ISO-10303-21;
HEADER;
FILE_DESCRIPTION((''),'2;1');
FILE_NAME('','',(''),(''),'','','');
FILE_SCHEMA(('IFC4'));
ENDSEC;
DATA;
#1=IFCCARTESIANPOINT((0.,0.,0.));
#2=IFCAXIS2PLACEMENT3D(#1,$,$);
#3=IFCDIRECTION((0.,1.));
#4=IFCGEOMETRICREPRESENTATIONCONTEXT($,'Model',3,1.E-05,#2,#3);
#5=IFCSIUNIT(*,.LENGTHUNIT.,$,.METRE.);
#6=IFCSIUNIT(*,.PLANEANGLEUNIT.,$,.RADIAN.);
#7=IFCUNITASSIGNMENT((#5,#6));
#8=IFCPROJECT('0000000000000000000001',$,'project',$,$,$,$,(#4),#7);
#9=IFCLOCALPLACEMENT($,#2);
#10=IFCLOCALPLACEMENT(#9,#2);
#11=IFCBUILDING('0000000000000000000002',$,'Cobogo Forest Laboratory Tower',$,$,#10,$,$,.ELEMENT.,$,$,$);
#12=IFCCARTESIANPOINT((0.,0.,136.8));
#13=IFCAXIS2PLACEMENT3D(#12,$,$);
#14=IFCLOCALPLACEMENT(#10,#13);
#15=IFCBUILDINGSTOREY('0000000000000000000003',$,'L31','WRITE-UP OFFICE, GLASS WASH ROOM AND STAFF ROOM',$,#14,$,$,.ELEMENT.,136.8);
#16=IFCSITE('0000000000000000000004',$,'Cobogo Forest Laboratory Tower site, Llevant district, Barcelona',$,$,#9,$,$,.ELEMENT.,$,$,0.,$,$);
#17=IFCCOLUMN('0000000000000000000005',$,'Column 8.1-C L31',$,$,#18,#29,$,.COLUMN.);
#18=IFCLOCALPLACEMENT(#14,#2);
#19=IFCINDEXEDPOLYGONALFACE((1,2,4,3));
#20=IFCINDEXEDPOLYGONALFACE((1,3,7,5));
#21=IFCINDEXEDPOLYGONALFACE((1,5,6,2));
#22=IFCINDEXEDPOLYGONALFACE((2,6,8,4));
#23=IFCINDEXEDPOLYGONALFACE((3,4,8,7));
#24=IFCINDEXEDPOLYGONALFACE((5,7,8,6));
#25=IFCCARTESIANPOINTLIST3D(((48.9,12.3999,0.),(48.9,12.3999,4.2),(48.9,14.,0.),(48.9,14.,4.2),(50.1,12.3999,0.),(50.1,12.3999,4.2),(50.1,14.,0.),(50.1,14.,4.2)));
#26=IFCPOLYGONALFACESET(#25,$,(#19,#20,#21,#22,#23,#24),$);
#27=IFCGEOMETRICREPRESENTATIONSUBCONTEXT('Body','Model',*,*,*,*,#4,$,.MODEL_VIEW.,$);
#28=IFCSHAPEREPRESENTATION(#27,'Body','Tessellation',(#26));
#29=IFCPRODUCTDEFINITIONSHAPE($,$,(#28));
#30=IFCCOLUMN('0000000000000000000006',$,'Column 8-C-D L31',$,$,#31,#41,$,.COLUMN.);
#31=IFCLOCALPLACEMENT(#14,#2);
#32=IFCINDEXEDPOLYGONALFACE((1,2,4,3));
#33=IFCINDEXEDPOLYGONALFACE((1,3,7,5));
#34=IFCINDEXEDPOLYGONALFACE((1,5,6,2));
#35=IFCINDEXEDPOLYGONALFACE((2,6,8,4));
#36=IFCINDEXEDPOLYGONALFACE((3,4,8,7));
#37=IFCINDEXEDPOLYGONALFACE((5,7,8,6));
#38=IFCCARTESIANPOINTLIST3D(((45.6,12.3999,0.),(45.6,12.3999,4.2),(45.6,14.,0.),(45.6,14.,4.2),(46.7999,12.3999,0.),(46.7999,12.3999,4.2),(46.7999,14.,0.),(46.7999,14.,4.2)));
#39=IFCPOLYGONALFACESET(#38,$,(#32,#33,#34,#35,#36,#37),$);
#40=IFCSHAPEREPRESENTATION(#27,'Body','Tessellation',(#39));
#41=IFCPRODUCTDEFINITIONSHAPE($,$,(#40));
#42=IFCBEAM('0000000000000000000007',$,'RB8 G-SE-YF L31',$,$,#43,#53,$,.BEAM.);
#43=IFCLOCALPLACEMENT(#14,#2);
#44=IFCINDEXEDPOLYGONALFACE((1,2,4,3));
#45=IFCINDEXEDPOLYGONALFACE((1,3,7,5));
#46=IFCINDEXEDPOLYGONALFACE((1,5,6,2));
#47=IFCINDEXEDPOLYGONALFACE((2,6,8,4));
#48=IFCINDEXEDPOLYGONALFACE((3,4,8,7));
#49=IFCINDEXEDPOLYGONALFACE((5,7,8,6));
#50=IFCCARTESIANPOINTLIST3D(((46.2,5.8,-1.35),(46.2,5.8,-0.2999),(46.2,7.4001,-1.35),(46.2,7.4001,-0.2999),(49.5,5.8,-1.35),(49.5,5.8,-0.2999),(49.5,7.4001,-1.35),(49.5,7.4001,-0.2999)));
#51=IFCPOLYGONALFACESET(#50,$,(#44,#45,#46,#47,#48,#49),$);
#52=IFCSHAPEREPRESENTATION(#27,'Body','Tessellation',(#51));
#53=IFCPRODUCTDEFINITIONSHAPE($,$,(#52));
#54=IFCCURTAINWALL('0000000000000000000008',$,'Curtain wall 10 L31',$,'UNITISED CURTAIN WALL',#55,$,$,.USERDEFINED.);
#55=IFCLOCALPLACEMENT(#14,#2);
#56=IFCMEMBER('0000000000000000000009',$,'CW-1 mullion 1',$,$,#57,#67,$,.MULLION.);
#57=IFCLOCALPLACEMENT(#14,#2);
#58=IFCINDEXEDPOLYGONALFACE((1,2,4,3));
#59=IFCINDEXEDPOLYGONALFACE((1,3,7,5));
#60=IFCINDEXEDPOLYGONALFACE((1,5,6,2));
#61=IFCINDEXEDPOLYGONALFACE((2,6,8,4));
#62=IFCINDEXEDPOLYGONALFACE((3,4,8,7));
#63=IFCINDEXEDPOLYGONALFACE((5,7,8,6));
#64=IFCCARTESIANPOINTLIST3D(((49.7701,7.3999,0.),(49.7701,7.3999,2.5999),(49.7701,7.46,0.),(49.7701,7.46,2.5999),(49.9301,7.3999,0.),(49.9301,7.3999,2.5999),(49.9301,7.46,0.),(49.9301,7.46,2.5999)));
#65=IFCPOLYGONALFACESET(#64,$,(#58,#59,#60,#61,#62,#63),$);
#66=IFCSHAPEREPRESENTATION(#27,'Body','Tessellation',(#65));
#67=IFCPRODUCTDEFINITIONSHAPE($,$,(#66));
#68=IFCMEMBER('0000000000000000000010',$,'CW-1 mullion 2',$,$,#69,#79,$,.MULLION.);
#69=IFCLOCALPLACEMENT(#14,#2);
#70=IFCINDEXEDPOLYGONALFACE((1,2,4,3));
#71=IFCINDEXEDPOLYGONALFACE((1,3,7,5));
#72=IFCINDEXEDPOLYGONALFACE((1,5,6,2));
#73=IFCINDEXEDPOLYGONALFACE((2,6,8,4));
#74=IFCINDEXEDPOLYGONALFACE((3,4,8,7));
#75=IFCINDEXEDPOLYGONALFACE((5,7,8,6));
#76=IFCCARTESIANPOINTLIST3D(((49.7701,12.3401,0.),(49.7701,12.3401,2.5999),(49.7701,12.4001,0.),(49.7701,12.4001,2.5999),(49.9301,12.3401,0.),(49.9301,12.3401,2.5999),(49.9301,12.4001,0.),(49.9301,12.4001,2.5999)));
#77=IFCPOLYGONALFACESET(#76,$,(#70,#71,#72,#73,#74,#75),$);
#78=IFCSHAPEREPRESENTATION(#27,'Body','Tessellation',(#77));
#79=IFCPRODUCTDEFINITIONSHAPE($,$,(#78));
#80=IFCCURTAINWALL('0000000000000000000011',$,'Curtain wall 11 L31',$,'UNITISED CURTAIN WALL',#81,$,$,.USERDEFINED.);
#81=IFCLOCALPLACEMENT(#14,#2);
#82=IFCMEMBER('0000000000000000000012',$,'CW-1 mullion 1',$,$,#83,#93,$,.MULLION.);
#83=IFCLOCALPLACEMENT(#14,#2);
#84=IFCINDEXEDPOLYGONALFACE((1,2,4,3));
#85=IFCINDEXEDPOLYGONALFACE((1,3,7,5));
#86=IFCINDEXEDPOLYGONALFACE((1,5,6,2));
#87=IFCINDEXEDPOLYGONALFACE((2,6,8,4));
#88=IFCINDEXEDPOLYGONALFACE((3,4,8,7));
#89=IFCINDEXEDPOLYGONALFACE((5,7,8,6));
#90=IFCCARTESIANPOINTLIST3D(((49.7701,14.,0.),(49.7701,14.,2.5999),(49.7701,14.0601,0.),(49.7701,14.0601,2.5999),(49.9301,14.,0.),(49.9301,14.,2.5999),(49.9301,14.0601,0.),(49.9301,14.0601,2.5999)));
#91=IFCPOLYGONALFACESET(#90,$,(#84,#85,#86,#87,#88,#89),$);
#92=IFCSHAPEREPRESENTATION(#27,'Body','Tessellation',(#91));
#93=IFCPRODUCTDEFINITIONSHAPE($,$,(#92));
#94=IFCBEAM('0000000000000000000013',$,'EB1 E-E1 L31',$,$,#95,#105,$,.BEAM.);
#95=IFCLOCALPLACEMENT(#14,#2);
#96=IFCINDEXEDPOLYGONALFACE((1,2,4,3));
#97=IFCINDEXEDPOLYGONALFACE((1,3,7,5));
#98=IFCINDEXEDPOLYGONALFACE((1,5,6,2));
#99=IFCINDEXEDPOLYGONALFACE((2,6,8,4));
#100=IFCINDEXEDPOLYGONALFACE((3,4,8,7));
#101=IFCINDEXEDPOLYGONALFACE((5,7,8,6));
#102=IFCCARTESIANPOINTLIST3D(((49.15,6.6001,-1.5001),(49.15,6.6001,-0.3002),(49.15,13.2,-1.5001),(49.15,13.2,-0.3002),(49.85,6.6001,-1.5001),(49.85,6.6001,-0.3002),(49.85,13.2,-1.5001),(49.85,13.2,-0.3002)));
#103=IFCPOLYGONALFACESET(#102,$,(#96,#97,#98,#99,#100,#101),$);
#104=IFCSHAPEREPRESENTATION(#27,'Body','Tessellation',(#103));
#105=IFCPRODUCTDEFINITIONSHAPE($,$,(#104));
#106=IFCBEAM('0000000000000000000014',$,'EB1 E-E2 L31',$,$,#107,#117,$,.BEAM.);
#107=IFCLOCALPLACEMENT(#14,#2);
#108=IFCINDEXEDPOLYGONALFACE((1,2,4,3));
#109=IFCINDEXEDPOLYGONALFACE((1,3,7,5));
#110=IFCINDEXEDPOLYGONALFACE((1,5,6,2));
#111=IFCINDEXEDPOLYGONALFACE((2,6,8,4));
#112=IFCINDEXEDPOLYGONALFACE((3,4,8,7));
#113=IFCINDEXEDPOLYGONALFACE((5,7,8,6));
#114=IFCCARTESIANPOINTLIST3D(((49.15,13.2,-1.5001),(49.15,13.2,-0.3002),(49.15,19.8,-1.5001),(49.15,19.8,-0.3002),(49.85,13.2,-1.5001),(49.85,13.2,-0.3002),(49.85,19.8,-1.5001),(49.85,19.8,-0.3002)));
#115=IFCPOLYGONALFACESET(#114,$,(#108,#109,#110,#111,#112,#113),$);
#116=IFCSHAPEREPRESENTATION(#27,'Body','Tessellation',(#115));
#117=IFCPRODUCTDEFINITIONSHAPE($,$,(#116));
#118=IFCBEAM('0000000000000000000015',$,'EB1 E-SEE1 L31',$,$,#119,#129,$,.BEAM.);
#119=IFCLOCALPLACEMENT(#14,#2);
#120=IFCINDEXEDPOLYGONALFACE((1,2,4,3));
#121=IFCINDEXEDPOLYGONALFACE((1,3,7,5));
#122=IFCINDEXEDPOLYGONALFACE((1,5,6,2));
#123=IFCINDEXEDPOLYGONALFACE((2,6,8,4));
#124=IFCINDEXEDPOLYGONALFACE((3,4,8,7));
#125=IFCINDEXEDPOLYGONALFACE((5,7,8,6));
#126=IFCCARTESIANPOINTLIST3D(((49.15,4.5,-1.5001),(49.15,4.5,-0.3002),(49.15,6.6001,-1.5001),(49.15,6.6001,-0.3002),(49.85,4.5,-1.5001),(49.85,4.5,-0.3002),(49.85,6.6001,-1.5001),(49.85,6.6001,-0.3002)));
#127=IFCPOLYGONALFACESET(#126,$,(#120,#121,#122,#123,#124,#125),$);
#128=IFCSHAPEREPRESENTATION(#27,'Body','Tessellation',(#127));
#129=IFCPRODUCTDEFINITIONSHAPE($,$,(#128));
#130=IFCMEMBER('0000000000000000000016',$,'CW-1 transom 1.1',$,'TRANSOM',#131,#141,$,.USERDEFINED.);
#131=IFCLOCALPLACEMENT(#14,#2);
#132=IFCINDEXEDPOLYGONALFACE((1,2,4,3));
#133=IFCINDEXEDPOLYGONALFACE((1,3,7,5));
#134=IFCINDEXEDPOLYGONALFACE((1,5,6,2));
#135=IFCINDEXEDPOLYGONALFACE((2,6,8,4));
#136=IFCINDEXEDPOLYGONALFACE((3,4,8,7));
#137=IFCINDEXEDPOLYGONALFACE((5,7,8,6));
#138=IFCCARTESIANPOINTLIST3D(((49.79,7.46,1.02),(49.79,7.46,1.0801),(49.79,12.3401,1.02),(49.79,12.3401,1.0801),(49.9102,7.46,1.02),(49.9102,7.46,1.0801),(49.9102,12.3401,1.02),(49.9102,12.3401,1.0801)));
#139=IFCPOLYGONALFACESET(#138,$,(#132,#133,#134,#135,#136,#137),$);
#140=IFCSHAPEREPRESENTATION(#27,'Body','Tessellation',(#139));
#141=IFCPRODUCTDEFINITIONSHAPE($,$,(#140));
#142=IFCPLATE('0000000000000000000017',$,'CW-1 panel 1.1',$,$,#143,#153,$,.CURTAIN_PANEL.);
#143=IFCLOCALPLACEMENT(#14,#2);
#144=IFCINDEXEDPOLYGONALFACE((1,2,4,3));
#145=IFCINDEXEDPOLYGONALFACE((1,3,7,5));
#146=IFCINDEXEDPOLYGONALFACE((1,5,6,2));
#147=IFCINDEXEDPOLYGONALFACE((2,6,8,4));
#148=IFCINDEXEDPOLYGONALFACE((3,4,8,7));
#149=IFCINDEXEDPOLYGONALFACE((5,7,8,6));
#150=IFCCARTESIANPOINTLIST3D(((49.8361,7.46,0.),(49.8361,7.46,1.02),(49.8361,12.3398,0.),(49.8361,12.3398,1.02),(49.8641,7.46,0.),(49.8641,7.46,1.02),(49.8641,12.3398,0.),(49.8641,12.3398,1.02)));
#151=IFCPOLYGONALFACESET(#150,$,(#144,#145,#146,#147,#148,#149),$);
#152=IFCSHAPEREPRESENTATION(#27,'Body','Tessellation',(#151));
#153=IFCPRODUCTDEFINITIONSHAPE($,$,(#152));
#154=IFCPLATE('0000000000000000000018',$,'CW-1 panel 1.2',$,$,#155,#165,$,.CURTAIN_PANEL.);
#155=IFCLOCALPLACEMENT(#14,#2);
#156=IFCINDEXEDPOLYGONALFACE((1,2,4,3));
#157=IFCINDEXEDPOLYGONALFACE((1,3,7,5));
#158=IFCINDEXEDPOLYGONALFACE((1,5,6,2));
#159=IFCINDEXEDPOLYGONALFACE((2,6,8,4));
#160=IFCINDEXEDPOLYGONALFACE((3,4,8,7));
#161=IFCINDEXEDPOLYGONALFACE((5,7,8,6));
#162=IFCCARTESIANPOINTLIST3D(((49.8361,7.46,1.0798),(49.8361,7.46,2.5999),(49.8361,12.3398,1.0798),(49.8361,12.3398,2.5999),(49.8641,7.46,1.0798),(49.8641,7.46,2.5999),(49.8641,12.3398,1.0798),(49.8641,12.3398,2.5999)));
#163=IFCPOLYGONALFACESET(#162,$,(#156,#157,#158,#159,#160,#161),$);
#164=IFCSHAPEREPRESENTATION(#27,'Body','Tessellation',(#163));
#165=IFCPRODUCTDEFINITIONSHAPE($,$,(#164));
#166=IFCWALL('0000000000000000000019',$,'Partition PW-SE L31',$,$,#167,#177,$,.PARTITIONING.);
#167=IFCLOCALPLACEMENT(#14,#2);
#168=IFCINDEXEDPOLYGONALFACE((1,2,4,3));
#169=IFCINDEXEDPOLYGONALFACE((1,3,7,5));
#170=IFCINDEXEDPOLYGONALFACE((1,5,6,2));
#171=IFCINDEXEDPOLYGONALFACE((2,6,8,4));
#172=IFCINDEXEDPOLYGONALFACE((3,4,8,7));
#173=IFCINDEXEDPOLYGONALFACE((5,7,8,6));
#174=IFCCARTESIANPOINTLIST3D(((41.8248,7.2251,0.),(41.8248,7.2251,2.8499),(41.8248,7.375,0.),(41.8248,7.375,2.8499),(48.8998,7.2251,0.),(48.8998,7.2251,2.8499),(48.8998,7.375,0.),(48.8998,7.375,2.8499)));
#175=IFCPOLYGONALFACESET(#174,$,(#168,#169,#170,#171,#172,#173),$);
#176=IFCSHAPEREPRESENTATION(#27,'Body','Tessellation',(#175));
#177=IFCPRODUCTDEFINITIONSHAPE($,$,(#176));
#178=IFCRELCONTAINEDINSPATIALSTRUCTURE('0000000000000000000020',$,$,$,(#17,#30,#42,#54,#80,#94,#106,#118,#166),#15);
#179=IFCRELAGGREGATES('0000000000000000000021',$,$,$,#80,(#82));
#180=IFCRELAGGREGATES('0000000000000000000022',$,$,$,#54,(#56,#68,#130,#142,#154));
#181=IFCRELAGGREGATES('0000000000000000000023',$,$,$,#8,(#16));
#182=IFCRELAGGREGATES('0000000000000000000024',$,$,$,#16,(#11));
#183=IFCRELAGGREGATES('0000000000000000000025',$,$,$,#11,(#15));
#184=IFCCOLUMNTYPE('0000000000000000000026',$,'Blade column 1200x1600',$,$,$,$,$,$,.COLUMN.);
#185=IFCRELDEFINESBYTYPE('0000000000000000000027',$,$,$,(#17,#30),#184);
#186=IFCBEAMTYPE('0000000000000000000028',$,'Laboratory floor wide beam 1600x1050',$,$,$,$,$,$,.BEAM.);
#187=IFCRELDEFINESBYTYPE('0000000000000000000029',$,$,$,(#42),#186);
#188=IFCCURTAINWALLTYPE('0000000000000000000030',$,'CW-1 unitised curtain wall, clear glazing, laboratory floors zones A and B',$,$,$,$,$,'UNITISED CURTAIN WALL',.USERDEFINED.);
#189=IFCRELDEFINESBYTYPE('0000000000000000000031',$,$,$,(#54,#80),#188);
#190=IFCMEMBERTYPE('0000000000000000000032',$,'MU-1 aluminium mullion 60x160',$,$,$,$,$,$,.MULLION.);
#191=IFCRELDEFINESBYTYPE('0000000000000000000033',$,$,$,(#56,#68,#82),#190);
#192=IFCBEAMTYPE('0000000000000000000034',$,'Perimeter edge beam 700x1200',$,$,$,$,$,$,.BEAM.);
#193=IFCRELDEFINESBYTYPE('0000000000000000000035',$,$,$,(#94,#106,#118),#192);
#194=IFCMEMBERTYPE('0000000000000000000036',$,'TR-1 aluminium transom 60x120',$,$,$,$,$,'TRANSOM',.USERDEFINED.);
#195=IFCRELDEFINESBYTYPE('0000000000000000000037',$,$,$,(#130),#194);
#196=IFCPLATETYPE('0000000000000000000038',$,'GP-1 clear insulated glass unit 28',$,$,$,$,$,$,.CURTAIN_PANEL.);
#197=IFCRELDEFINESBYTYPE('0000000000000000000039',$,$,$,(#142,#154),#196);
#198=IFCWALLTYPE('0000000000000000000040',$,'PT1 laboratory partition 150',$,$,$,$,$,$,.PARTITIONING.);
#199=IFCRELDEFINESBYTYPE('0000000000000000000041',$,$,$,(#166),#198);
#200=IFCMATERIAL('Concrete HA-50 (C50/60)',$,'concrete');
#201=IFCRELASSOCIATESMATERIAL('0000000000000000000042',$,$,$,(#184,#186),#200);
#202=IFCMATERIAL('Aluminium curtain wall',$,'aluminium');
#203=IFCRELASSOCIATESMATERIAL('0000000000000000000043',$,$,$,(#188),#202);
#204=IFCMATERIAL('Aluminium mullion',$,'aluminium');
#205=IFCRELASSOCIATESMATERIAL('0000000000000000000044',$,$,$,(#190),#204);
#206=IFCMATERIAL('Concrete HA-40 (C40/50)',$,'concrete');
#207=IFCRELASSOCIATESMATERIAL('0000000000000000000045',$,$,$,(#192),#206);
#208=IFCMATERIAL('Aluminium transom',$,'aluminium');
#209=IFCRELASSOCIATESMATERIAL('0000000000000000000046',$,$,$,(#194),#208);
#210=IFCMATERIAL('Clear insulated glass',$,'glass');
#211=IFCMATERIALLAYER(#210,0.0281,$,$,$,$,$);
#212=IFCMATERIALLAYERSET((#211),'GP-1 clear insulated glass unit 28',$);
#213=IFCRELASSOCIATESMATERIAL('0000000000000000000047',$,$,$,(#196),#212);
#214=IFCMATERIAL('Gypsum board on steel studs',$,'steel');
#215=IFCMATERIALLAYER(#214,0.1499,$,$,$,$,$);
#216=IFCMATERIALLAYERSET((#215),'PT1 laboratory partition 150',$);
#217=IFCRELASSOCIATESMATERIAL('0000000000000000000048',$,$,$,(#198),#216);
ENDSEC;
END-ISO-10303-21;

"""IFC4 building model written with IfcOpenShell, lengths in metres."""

from ifc_helpers import new_model, si_unit, direction, frame, frame_2d, origin, origin_2d, place, context, subcontext, project, spatial, rectangle, extrude, material, layer, layer_set, material_profile, profile_set, type_object, element, aggregate, save


model = new_model("IFC4")

# Units and contexts
model_context = context("Model", 3, precision=1e-05, world=origin(), true_north=direction((0.0, 1.0)))
body_context = subcontext(model_context, "Body", "Model", "MODEL_VIEW")
ifc_project = project(units=[si_unit("LENGTHUNIT", "METRE"), si_unit("PLANEANGLEUNIT", "RADIAN")], contexts=[model_context])

# Site, building, storey
site_placement = place(None, origin())
site = spatial("IfcSite", under=ifc_project, at=site_placement, Name="Cobogo Forest Laboratory Tower site, Llevant district, Barcelona", CompositionType="ELEMENT", RefElevation=0.0)
building_placement = place(site_placement, origin())
building = spatial("IfcBuilding", under=site, at=building_placement, Name="Cobogo Forest Laboratory Tower", CompositionType="ELEMENT")
storey_placement = place(building_placement, frame((0.0, 0.0, 136.8)))
storey = spatial("IfcBuildingStorey", under=building, at=storey_placement, Name="L31", Description="WRITE-UP OFFICE, GLASS WASH ROOM AND STAFF ROOM", CompositionType="ELEMENT", Elevation=136.8)

# Columns
ifc_material_1 = material(Name="Concrete HA-50 (C50/60)", Category="concrete")
ifc_material_profile_1 = material_profile(ifc_material_1, rectangle(XDim=1.6001, YDim=1.2, at=origin_2d()), Name="RC 1200x1600")
ifc_profile_set_1 = profile_set([ifc_material_profile_1], Name="Concrete HA-50 (C50/60)")
column_type = type_object("IfcColumnType", Name="Blade column 1200x1600", PredefinedType="COLUMN", material=ifc_profile_set_1)
for number, where, z_axis, x_axis, name in (
    (1, (49.5, 13.2, 0.0), (0.0, 0.0, 1.0), (0.0, 1.0, 0.0), "Column 8.1-C L31"),
    (2, (46.2, 13.2, 0.0), (0.0, 0.0, 1.0), (0.0, 1.0, 0.0), "Column 8-C-D L31"),
):
    element("IfcColumn", number, at=place(storey_placement, frame(where, z_axis=z_axis, x_axis=x_axis)), inside=storey, type_object=column_type, Name=name, PredefinedType="COLUMN", context=body_context, shape_type="SweptSolid", body=[
        extrude(rectangle(XDim=1.6001, YDim=1.2, at=origin_2d()), origin(), (0.0, 0.0, 1.0), 4.2),
    ])

# Beam
ifc_material_profile_2 = material_profile(ifc_material_1, rectangle(XDim=1.6001, YDim=1.05, at=origin_2d()), Name="RC 1600x1050")
ifc_profile_set_2 = profile_set([ifc_material_profile_2], Name="Concrete HA-50 (C50/60)")
beam_type_1 = type_object("IfcBeamType", Name="Laboratory floor wide beam 1600x1050", PredefinedType="BEAM", material=ifc_profile_set_2)
beam_1_placement = place(storey_placement, frame((49.5, 6.6001, -0.825), z_axis=(-1.0, 0.0, 0.0), x_axis=(0.0, -1.0, 0.0)))
element("IfcBeam", 3, at=beam_1_placement, inside=storey, type_object=beam_type_1, Name="RB8 G-SE-YF L31", PredefinedType="BEAM", context=body_context, shape_type="SweptSolid", body=[
    extrude(rectangle(XDim=1.6001, YDim=1.05, at=origin_2d()), origin(), (0.0, 0.0, 1.0), 3.3),
])

# Curtain wall, members
ifc_material_2 = material(Name="Aluminium curtain wall", Category="aluminium")
curtain_wall_type = type_object("IfcCurtainWallType", Name="CW-1 unitised curtain wall, clear glazing, laboratory floors zones A and B", ElementType="UNITISED CURTAIN WALL", PredefinedType="USERDEFINED", material=ifc_material_2)
curtain_wall_1_placement = place(storey_placement, origin())
curtain_wall_1 = element("IfcCurtainWall", 4, at=curtain_wall_1_placement, inside=storey, type_object=curtain_wall_type, Name="Curtain wall 10 L31", ObjectType="UNITISED CURTAIN WALL", PredefinedType="USERDEFINED")
ifc_material_3 = material(Name="Aluminium mullion", Category="aluminium")
ifc_material_profile_3 = material_profile(ifc_material_3, rectangle(XDim=0.0601, YDim=0.1599, at=origin_2d()), Name="AL 60x160")
ifc_profile_set_3 = profile_set([ifc_material_profile_3], Name="Aluminium mullion")
member_type_1 = type_object("IfcMemberType", Name="MU-1 aluminium mullion 60x160", PredefinedType="MULLION", material=ifc_profile_set_3)
member_1_placement = place(storey_placement, frame((49.8501, 7.4299, 0.0), z_axis=(0.0, 0.0, 1.0), x_axis=(0.0, 1.0, 0.0)))
member_1 = element("IfcMember", 5, at=member_1_placement, type_object=member_type_1, Name="CW-1 mullion 1", PredefinedType="MULLION", context=body_context, shape_type="SweptSolid", body=[
    extrude(rectangle(XDim=0.0601, YDim=0.1599, at=origin_2d()), origin(), (0.0, 0.0, 1.0), 2.5999),
])
member_2_placement = place(storey_placement, frame((49.8501, 12.3701, 0.0), z_axis=(0.0, 0.0, 1.0), x_axis=(0.0, 1.0, 0.0)))
member_2 = element("IfcMember", 6, at=member_2_placement, type_object=member_type_1, Name="CW-1 mullion 2", PredefinedType="MULLION", context=body_context, shape_type="SweptSolid", body=[
    extrude(rectangle(XDim=0.0601, YDim=0.1599, at=origin_2d()), origin(), (0.0, 0.0, 1.0), 2.5999),
])

# Curtain wall, member
curtain_wall_2_placement = place(storey_placement, origin())
curtain_wall_2 = element("IfcCurtainWall", 7, at=curtain_wall_2_placement, inside=storey, type_object=curtain_wall_type, Name="Curtain wall 11 L31", ObjectType="UNITISED CURTAIN WALL", PredefinedType="USERDEFINED")
member_3_placement = place(storey_placement, frame((49.8501, 14.03, 0.0), z_axis=(0.0, 0.0, 1.0), x_axis=(0.0, 1.0, 0.0)))
member_3 = element("IfcMember", 8, at=member_3_placement, type_object=member_type_1, Name="CW-1 mullion 1", PredefinedType="MULLION", context=body_context, shape_type="SweptSolid", body=[
    extrude(rectangle(XDim=0.0601, YDim=0.1599, at=origin_2d()), origin(), (0.0, 0.0, 1.0), 2.5999),
])
aggregate(curtain_wall_2, [member_3])

# Beams
ifc_material_4 = material(Name="Concrete HA-40 (C40/50)", Category="concrete")
ifc_material_profile_4 = material_profile(ifc_material_4, rectangle(XDim=0.7, YDim=1.2, at=origin_2d()), Name="RC 700x1200")
ifc_profile_set_4 = profile_set([ifc_material_profile_4], Name="Concrete HA-40 (C40/50)")
beam_type_2 = type_object("IfcBeamType", Name="Perimeter edge beam 700x1200", PredefinedType="BEAM", material=ifc_profile_set_4)
beam_2_placement = place(storey_placement, frame((49.5, 6.6001, -0.9001), z_axis=(0.0, 1.0, 0.0), x_axis=(-1.0, 0.0, 0.0)))
element("IfcBeam", 9, at=beam_2_placement, inside=storey, type_object=beam_type_2, Name="EB1 E-E1 L31", PredefinedType="BEAM", context=body_context, shape_type="SweptSolid", body=[
    extrude(rectangle(XDim=0.7, YDim=1.2, at=origin_2d()), origin(), (0.0, 0.0, 1.0), 6.5999),
])
beam_3_placement = place(storey_placement, frame((49.5, 13.2, -0.9001), z_axis=(0.0, 1.0, 0.0), x_axis=(-1.0, 0.0, 0.0)))
element("IfcBeam", 10, at=beam_3_placement, inside=storey, type_object=beam_type_2, Name="EB1 E-E2 L31", PredefinedType="BEAM", context=body_context, shape_type="SweptSolid", body=[
    extrude(rectangle(XDim=0.7, YDim=1.2, at=origin_2d()), origin(), (0.0, 0.0, 1.0), 6.6001),
])
beam_4_placement = place(storey_placement, frame((49.5, 6.6001, -0.9001), z_axis=(0.0, -1.0, 0.0), x_axis=(1.0, 0.0, 0.0)))
element("IfcBeam", 11, at=beam_4_placement, inside=storey, type_object=beam_type_2, Name="EB1 E-SEE1 L31", PredefinedType="BEAM", context=body_context, shape_type="SweptSolid", body=[
    extrude(rectangle(XDim=0.7, YDim=1.2, at=origin_2d()), origin(), (0.0, 0.0, 1.0), 2.1001),
])

# Member
ifc_material_5 = material(Name="Aluminium transom", Category="aluminium")
ifc_material_profile_5 = material_profile(ifc_material_5, rectangle(XDim=0.1201, YDim=0.0601, at=origin_2d()), Name="AL 60x120")
ifc_profile_set_5 = profile_set([ifc_material_profile_5], Name="Aluminium transom")
member_type_2 = type_object("IfcMemberType", Name="TR-1 aluminium transom 60x120", ElementType="TRANSOM", PredefinedType="USERDEFINED", material=ifc_profile_set_5)
member_4_placement = place(storey_placement, frame((49.8501, 7.46, 1.05), z_axis=(0.0, 1.0, 0.0), x_axis=(-1.0, 0.0, 0.0)))
member_4 = element("IfcMember", 12, at=member_4_placement, type_object=member_type_2, Name="CW-1 transom 1.1", ObjectType="TRANSOM", PredefinedType="USERDEFINED", context=body_context, shape_type="SweptSolid", body=[
    extrude(rectangle(XDim=0.1201, YDim=0.0601, at=origin_2d()), origin(), (0.0, 0.0, 1.0), 4.8801),
])

# Plates
ifc_material_6 = material(Name="Clear insulated glass", Category="glass")
ifc_layer_1 = layer(ifc_material_6, 0.0281)
ifc_layer_set_1 = layer_set([ifc_layer_1], Name="GP-1 clear insulated glass unit 28")
plate_type_1 = type_object("IfcPlateType", Name="GP-1 clear insulated glass unit 28", PredefinedType="CURTAIN_PANEL", material=ifc_layer_set_1)
plate_1_placement = place(storey_placement, frame((49.8501, 9.8999, 0.0), z_axis=(0.0, 0.0, 1.0), x_axis=(0.0, 1.0, 0.0)))
plate_1 = element("IfcPlate", 13, at=plate_1_placement, type_object=plate_type_1, Name="CW-1 panel 1.1", PredefinedType="CURTAIN_PANEL", context=body_context, shape_type="SweptSolid", body=[
    extrude(rectangle(XDim=4.8799, YDim=0.0281, at=origin_2d()), origin(), (0.0, 0.0, 1.0), 1.02),
])
plate_2_placement = place(storey_placement, frame((49.8501, 9.8999, 1.0798), z_axis=(0.0, 0.0, 1.0), x_axis=(0.0, 1.0, 0.0)))
plate_2 = element("IfcPlate", 14, at=plate_2_placement, type_object=plate_type_1, Name="CW-1 panel 1.2", PredefinedType="CURTAIN_PANEL", context=body_context, shape_type="SweptSolid", body=[
    extrude(rectangle(XDim=4.8799, YDim=0.0281, at=origin_2d()), origin(), (0.0, 0.0, 1.0), 1.52),
])
aggregate(curtain_wall_1, [member_1, member_2, member_4, plate_1, plate_2])

# Wall
ifc_material_7 = material(Name="Gypsum board on steel studs", Category="steel")
ifc_layer_2 = layer(ifc_material_7, 0.1499)
ifc_layer_set_2 = layer_set([ifc_layer_2], Name="PT1 laboratory partition 150")
wall_type_1 = type_object("IfcWallType", Name="PT1 laboratory partition 150", PredefinedType="PARTITIONING", material=ifc_layer_set_2)
wall_1_placement = place(storey_placement, frame((48.8999, 7.3, 0.0), z_axis=(0.0, 0.0, 1.0), x_axis=(-1.0, 0.0, 0.0)))
element("IfcWall", 15, at=wall_1_placement, inside=storey, type_object=wall_type_1, Name="Partition PW-SE L31", PredefinedType="PARTITIONING", context=body_context, shape_type="SweptSolid", body=[
    extrude(rectangle(XDim=7.075, YDim=0.1499, at=frame_2d((3.5376, 0.0))), origin(), (0.0, 0.0, 1.0), 2.8499),
])

save(model, "model.ifc")
